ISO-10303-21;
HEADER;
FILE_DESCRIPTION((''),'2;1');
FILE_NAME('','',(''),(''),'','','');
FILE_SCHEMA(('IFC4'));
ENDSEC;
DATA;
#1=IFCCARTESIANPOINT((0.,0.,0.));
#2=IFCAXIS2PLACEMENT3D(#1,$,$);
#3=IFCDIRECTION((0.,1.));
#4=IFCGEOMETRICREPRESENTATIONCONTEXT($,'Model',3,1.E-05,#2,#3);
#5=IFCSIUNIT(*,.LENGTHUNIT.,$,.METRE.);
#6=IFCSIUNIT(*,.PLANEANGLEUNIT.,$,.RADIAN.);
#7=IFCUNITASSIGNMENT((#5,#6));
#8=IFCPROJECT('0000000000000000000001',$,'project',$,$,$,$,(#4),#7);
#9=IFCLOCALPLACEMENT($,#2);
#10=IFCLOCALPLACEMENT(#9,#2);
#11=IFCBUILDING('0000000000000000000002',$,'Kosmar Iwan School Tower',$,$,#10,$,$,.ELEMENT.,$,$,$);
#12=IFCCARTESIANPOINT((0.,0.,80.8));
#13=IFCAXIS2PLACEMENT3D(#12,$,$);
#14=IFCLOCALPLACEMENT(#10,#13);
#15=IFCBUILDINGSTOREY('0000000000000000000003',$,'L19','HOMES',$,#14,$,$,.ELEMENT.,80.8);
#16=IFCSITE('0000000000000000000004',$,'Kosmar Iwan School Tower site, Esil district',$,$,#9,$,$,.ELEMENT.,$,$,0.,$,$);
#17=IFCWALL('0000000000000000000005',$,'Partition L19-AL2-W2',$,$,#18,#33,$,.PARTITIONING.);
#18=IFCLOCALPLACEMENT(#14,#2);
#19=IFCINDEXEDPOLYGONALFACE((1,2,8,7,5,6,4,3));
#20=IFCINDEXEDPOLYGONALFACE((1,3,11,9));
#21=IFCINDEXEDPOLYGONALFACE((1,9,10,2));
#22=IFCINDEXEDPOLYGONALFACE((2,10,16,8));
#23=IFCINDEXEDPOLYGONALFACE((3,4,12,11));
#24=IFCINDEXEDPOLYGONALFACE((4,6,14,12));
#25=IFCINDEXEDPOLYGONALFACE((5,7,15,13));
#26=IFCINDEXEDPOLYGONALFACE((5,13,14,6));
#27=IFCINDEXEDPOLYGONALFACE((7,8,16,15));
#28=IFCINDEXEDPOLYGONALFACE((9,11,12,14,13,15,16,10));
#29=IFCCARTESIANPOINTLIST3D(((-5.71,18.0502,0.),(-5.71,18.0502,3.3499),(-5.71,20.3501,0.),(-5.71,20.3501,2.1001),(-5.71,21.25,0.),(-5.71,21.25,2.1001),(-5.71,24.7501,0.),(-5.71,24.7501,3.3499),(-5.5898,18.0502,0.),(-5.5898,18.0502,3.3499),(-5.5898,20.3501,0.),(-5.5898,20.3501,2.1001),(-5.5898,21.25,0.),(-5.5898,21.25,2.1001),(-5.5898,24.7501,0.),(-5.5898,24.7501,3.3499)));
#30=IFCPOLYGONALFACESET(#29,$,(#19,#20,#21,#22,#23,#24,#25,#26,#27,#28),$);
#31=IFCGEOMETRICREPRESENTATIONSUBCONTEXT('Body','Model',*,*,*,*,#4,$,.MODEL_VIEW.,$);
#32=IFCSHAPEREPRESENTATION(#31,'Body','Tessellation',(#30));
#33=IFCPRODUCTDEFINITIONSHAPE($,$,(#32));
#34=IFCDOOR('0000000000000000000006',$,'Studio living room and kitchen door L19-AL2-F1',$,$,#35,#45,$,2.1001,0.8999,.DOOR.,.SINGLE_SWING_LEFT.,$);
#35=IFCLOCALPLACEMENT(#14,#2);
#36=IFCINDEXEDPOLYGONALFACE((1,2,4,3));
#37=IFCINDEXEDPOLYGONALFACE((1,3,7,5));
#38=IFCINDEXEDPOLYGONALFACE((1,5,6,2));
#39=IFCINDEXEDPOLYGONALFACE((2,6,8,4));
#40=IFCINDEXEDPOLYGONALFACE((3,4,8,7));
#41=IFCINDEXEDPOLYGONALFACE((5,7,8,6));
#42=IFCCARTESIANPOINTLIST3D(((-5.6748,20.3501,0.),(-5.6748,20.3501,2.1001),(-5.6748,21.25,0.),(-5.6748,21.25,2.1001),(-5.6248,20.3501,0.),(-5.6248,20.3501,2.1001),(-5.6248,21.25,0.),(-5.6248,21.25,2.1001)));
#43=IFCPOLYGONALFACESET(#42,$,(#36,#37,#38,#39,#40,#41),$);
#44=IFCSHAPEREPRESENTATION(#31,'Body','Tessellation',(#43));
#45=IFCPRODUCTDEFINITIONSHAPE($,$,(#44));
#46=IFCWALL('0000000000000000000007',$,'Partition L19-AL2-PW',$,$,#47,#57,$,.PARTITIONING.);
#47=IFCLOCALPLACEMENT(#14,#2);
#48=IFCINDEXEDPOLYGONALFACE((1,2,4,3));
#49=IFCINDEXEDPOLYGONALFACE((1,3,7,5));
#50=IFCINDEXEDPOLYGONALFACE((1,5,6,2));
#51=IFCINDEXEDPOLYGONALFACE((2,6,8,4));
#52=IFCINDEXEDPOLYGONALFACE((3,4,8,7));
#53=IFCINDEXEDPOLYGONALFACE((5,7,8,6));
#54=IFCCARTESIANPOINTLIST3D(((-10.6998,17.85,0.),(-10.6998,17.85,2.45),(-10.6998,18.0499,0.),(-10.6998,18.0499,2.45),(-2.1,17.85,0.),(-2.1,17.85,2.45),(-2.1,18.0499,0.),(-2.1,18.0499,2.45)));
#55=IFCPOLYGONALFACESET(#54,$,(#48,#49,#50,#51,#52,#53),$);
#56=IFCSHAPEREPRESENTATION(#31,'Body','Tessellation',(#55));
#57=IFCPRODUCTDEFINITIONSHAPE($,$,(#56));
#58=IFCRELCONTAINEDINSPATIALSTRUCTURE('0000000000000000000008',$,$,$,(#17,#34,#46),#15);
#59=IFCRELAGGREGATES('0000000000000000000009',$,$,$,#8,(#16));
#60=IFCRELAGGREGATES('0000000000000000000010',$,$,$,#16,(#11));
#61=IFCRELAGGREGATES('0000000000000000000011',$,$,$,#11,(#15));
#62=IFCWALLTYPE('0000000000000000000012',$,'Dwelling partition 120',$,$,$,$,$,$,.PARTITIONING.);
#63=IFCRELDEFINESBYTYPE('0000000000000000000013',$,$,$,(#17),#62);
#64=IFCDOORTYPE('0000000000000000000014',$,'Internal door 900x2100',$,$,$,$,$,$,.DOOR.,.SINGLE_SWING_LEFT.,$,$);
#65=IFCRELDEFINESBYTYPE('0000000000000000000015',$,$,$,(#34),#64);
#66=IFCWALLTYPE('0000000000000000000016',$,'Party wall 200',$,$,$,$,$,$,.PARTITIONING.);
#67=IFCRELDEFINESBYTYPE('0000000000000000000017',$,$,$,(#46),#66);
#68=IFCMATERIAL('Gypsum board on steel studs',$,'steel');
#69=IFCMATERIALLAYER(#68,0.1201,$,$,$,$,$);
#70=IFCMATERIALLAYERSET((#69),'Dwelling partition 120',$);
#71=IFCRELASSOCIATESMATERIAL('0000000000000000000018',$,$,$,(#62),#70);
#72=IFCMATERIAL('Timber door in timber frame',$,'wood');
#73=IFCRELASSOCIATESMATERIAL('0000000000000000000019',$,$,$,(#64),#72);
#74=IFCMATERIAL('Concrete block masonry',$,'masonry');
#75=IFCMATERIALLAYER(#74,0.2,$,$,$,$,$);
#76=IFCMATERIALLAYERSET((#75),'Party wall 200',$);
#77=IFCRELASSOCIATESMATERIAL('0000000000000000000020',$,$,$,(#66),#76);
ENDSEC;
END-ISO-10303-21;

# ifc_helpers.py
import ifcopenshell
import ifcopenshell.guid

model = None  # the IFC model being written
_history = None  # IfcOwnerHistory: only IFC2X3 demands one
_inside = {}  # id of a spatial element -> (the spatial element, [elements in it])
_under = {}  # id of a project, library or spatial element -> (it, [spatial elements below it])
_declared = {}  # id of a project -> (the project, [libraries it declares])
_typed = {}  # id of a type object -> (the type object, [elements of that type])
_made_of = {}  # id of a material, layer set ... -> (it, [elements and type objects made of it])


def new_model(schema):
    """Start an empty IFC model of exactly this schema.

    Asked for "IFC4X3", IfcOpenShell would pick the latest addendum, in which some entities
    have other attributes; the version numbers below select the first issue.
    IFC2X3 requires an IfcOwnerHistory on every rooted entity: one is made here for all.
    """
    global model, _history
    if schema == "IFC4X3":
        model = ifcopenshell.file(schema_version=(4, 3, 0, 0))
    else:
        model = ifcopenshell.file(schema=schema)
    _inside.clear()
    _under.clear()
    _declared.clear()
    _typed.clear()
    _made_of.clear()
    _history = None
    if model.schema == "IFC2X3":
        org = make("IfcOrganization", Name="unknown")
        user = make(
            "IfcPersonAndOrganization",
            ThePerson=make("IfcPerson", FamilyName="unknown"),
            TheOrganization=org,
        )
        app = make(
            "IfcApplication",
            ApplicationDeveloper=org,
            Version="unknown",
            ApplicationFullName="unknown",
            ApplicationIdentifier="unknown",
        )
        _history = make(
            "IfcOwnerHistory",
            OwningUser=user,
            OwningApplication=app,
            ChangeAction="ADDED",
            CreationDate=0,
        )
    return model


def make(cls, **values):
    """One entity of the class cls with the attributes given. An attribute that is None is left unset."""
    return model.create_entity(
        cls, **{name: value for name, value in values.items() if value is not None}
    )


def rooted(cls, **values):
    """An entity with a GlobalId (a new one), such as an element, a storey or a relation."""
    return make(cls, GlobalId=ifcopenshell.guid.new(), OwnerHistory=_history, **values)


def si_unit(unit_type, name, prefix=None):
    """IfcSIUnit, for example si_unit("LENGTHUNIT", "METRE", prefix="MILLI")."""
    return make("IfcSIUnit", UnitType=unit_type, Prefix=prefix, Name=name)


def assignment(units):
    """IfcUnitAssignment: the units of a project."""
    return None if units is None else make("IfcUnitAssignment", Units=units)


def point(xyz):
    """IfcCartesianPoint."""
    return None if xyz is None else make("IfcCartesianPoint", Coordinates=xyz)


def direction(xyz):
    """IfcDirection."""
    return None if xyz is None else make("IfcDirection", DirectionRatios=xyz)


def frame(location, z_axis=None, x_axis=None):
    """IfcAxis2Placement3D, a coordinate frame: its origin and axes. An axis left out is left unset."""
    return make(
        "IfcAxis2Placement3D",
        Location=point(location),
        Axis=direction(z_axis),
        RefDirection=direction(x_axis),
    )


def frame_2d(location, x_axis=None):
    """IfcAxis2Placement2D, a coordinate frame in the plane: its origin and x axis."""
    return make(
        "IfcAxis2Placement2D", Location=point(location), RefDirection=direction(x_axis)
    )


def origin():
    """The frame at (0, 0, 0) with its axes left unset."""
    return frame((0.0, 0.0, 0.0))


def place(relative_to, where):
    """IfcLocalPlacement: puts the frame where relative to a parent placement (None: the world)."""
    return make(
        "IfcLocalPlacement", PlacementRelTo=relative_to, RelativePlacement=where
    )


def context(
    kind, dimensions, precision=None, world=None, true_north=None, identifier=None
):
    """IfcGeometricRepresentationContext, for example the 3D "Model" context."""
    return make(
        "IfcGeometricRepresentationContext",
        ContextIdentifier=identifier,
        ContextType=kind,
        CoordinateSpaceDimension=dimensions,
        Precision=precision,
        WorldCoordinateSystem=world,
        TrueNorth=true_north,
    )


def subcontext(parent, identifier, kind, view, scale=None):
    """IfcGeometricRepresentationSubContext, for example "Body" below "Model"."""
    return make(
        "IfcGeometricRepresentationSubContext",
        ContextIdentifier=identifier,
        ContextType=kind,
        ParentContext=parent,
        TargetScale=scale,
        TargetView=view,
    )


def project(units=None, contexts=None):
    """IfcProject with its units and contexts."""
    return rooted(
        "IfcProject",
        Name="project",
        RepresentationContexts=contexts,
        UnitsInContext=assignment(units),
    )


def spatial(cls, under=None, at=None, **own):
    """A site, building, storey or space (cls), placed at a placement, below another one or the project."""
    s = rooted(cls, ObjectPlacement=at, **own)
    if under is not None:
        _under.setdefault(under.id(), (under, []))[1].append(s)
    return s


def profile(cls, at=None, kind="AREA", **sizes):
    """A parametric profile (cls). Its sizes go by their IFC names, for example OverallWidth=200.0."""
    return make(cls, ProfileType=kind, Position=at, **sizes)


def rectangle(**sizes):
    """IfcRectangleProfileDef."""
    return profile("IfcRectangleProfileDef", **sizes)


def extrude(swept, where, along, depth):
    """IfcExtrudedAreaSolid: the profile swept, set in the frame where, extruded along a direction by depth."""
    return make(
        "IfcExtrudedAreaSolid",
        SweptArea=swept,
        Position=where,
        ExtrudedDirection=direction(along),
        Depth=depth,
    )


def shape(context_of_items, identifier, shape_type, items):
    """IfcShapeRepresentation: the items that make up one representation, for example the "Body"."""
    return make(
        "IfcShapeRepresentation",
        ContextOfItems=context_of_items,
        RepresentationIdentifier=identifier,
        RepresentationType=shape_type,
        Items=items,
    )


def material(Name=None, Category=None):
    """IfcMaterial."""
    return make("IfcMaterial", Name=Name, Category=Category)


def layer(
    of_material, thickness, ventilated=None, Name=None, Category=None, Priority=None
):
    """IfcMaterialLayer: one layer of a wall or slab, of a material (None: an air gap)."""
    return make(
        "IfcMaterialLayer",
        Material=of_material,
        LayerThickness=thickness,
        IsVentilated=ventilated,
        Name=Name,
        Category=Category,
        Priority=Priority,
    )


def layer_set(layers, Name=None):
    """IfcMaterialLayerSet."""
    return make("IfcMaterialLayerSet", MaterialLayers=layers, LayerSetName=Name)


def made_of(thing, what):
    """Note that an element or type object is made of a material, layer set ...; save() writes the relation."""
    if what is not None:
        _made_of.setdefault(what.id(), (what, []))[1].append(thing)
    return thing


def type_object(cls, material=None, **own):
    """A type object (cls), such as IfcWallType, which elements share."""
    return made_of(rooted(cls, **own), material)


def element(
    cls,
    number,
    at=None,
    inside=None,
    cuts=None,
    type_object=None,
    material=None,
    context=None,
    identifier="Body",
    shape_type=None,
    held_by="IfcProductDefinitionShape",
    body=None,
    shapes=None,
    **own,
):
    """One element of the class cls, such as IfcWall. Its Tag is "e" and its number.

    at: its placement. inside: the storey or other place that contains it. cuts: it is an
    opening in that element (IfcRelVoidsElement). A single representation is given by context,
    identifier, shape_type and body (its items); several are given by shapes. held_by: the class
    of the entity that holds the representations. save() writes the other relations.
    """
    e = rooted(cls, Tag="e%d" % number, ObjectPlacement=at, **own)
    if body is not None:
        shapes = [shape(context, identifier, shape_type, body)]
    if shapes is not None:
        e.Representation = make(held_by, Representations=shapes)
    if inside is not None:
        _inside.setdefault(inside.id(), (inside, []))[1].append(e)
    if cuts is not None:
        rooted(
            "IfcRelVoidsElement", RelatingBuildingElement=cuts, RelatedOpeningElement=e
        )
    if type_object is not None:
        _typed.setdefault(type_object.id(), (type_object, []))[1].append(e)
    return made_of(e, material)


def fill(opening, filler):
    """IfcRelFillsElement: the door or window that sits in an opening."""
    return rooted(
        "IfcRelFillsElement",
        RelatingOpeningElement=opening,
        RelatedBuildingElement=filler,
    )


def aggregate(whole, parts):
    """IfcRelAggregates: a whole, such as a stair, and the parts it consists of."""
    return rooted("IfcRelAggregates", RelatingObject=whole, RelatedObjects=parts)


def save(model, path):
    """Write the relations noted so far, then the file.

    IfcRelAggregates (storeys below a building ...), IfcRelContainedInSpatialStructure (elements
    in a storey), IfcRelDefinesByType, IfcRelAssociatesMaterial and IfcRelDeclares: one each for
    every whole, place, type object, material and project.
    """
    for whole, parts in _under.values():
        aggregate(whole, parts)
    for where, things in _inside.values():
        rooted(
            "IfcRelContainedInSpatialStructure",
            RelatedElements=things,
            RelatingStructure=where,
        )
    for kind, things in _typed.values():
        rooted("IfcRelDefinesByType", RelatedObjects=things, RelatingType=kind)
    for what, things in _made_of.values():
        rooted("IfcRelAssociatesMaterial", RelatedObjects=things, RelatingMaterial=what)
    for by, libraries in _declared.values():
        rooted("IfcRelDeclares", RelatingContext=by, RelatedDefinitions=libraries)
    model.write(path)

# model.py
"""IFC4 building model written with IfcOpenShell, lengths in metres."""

from ifc_helpers import new_model, si_unit, direction, frame, frame_2d, origin, place, context, subcontext, project, spatial, rectangle, extrude, material, layer, layer_set, type_object, element, fill, save


model = new_model("IFC4")

# Units and contexts
model_context = context("Model", 3, precision=1e-05, world=origin(), true_north=direction((0.0, 1.0)))
body_context = subcontext(model_context, "Body", "Model", "MODEL_VIEW")
ifc_project = project(units=[si_unit("LENGTHUNIT", "METRE"), si_unit("PLANEANGLEUNIT", "RADIAN")], contexts=[model_context])

# Site, building, storey
site_placement = place(None, origin())
site = spatial("IfcSite", under=ifc_project, at=site_placement, Name="Kosmar Iwan School Tower site, Esil district", CompositionType="ELEMENT", RefElevation=0.0)
building_placement = place(site_placement, origin())
building = spatial("IfcBuilding", under=site, at=building_placement, Name="Kosmar Iwan School Tower", CompositionType="ELEMENT")
storey_placement = place(building_placement, frame((0.0, 0.0, 80.8)))
storey = spatial("IfcBuildingStorey", under=building, at=storey_placement, Name="L19", Description="HOMES", CompositionType="ELEMENT", Elevation=80.8)

# Shared definitions
ifc_material_1 = material(Name="Gypsum board on steel studs", Category="steel")
ifc_layer_1 = layer(ifc_material_1, 0.1201)
ifc_layer_set_1 = layer_set([ifc_layer_1], Name="Dwelling partition 120")
wall_type_1 = type_object("IfcWallType", Name="Dwelling partition 120", PredefinedType="PARTITIONING", material=ifc_layer_set_1)

# Wall, opening, door
wall_1_placement = place(storey_placement, frame((-5.6499, 18.05, 0.0), z_axis=(0.0, 0.0, 1.0), x_axis=(0.0, 1.0, 0.0)))
wall_1 = element("IfcWall", 1, at=wall_1_placement, inside=storey, type_object=wall_type_1, Name="Partition L19-AL2-W2", PredefinedType="PARTITIONING", context=body_context, shape_type="SweptSolid", body=[
    extrude(rectangle(XDim=6.7, YDim=0.1201, at=frame_2d((3.3501, 0.0))), origin(), (0.0, 0.0, 1.0), 3.3499),
])
opening_1_placement = place(wall_1_placement, frame((2.3, 0.0, 0.0)))
opening_1 = element("IfcOpeningElement", 2, at=opening_1_placement, cuts=wall_1, PredefinedType="OPENING", context=body_context, shape_type="SweptSolid", body=[
    extrude(rectangle(XDim=0.8999, YDim=2.1001, at=frame_2d((0.45, 1.05))), frame((0.0, 0.072, 0.0), z_axis=(0.0, -1.0, 0.0), x_axis=(1.0, 0.0, 0.0)), (0.0, 0.0, 1.0), 0.144),
])
ifc_material_2 = material(Name="Timber door in timber frame", Category="wood")
door_type_1 = type_object("IfcDoorType", Name="Internal door 900x2100", OperationType="SINGLE_SWING_LEFT", PredefinedType="DOOR", material=ifc_material_2)
door_1_placement = place(opening_1_placement, origin())
door_1 = element("IfcDoor", 3, at=door_1_placement, inside=storey, type_object=door_type_1, Name="Studio living room and kitchen door L19-AL2-F1", OperationType="SINGLE_SWING_LEFT", OverallHeight=2.1001, OverallWidth=0.8999, PredefinedType="DOOR", context=body_context, shape_type="SweptSolid", body=[
    extrude(rectangle(XDim=0.8999, YDim=2.1001, at=frame_2d((0.45, 1.05))), frame((0.0, 0.0249, 0.0), z_axis=(0.0, -1.0, 0.0), x_axis=(1.0, 0.0, 0.0)), (0.0, 0.0, 1.0), 0.05),
])
fill(opening_1, door_1)

# Wall
ifc_material_3 = material(Name="Concrete block masonry", Category="masonry")
ifc_layer_2 = layer(ifc_material_3, 0.2)
ifc_layer_set_2 = layer_set([ifc_layer_2], Name="Party wall 200")
wall_type_2 = type_object("IfcWallType", Name="Party wall 200", PredefinedType="PARTITIONING", material=ifc_layer_set_2)
wall_2_placement = place(storey_placement, frame((-2.1001, 17.95, 0.0), z_axis=(0.0, 0.0, 1.0), x_axis=(-1.0, 0.0, 0.0)))
element("IfcWall", 4, at=wall_2_placement, inside=storey, type_object=wall_type_2, Name="Partition L19-AL2-PW", PredefinedType="PARTITIONING", context=body_context, shape_type="SweptSolid", body=[
    extrude(rectangle(XDim=8.5999, YDim=0.2, at=frame_2d((4.2998, 0.0))), origin(), (0.0, 0.0, 1.0), 2.45),
])

save(model, "model.ifc")
